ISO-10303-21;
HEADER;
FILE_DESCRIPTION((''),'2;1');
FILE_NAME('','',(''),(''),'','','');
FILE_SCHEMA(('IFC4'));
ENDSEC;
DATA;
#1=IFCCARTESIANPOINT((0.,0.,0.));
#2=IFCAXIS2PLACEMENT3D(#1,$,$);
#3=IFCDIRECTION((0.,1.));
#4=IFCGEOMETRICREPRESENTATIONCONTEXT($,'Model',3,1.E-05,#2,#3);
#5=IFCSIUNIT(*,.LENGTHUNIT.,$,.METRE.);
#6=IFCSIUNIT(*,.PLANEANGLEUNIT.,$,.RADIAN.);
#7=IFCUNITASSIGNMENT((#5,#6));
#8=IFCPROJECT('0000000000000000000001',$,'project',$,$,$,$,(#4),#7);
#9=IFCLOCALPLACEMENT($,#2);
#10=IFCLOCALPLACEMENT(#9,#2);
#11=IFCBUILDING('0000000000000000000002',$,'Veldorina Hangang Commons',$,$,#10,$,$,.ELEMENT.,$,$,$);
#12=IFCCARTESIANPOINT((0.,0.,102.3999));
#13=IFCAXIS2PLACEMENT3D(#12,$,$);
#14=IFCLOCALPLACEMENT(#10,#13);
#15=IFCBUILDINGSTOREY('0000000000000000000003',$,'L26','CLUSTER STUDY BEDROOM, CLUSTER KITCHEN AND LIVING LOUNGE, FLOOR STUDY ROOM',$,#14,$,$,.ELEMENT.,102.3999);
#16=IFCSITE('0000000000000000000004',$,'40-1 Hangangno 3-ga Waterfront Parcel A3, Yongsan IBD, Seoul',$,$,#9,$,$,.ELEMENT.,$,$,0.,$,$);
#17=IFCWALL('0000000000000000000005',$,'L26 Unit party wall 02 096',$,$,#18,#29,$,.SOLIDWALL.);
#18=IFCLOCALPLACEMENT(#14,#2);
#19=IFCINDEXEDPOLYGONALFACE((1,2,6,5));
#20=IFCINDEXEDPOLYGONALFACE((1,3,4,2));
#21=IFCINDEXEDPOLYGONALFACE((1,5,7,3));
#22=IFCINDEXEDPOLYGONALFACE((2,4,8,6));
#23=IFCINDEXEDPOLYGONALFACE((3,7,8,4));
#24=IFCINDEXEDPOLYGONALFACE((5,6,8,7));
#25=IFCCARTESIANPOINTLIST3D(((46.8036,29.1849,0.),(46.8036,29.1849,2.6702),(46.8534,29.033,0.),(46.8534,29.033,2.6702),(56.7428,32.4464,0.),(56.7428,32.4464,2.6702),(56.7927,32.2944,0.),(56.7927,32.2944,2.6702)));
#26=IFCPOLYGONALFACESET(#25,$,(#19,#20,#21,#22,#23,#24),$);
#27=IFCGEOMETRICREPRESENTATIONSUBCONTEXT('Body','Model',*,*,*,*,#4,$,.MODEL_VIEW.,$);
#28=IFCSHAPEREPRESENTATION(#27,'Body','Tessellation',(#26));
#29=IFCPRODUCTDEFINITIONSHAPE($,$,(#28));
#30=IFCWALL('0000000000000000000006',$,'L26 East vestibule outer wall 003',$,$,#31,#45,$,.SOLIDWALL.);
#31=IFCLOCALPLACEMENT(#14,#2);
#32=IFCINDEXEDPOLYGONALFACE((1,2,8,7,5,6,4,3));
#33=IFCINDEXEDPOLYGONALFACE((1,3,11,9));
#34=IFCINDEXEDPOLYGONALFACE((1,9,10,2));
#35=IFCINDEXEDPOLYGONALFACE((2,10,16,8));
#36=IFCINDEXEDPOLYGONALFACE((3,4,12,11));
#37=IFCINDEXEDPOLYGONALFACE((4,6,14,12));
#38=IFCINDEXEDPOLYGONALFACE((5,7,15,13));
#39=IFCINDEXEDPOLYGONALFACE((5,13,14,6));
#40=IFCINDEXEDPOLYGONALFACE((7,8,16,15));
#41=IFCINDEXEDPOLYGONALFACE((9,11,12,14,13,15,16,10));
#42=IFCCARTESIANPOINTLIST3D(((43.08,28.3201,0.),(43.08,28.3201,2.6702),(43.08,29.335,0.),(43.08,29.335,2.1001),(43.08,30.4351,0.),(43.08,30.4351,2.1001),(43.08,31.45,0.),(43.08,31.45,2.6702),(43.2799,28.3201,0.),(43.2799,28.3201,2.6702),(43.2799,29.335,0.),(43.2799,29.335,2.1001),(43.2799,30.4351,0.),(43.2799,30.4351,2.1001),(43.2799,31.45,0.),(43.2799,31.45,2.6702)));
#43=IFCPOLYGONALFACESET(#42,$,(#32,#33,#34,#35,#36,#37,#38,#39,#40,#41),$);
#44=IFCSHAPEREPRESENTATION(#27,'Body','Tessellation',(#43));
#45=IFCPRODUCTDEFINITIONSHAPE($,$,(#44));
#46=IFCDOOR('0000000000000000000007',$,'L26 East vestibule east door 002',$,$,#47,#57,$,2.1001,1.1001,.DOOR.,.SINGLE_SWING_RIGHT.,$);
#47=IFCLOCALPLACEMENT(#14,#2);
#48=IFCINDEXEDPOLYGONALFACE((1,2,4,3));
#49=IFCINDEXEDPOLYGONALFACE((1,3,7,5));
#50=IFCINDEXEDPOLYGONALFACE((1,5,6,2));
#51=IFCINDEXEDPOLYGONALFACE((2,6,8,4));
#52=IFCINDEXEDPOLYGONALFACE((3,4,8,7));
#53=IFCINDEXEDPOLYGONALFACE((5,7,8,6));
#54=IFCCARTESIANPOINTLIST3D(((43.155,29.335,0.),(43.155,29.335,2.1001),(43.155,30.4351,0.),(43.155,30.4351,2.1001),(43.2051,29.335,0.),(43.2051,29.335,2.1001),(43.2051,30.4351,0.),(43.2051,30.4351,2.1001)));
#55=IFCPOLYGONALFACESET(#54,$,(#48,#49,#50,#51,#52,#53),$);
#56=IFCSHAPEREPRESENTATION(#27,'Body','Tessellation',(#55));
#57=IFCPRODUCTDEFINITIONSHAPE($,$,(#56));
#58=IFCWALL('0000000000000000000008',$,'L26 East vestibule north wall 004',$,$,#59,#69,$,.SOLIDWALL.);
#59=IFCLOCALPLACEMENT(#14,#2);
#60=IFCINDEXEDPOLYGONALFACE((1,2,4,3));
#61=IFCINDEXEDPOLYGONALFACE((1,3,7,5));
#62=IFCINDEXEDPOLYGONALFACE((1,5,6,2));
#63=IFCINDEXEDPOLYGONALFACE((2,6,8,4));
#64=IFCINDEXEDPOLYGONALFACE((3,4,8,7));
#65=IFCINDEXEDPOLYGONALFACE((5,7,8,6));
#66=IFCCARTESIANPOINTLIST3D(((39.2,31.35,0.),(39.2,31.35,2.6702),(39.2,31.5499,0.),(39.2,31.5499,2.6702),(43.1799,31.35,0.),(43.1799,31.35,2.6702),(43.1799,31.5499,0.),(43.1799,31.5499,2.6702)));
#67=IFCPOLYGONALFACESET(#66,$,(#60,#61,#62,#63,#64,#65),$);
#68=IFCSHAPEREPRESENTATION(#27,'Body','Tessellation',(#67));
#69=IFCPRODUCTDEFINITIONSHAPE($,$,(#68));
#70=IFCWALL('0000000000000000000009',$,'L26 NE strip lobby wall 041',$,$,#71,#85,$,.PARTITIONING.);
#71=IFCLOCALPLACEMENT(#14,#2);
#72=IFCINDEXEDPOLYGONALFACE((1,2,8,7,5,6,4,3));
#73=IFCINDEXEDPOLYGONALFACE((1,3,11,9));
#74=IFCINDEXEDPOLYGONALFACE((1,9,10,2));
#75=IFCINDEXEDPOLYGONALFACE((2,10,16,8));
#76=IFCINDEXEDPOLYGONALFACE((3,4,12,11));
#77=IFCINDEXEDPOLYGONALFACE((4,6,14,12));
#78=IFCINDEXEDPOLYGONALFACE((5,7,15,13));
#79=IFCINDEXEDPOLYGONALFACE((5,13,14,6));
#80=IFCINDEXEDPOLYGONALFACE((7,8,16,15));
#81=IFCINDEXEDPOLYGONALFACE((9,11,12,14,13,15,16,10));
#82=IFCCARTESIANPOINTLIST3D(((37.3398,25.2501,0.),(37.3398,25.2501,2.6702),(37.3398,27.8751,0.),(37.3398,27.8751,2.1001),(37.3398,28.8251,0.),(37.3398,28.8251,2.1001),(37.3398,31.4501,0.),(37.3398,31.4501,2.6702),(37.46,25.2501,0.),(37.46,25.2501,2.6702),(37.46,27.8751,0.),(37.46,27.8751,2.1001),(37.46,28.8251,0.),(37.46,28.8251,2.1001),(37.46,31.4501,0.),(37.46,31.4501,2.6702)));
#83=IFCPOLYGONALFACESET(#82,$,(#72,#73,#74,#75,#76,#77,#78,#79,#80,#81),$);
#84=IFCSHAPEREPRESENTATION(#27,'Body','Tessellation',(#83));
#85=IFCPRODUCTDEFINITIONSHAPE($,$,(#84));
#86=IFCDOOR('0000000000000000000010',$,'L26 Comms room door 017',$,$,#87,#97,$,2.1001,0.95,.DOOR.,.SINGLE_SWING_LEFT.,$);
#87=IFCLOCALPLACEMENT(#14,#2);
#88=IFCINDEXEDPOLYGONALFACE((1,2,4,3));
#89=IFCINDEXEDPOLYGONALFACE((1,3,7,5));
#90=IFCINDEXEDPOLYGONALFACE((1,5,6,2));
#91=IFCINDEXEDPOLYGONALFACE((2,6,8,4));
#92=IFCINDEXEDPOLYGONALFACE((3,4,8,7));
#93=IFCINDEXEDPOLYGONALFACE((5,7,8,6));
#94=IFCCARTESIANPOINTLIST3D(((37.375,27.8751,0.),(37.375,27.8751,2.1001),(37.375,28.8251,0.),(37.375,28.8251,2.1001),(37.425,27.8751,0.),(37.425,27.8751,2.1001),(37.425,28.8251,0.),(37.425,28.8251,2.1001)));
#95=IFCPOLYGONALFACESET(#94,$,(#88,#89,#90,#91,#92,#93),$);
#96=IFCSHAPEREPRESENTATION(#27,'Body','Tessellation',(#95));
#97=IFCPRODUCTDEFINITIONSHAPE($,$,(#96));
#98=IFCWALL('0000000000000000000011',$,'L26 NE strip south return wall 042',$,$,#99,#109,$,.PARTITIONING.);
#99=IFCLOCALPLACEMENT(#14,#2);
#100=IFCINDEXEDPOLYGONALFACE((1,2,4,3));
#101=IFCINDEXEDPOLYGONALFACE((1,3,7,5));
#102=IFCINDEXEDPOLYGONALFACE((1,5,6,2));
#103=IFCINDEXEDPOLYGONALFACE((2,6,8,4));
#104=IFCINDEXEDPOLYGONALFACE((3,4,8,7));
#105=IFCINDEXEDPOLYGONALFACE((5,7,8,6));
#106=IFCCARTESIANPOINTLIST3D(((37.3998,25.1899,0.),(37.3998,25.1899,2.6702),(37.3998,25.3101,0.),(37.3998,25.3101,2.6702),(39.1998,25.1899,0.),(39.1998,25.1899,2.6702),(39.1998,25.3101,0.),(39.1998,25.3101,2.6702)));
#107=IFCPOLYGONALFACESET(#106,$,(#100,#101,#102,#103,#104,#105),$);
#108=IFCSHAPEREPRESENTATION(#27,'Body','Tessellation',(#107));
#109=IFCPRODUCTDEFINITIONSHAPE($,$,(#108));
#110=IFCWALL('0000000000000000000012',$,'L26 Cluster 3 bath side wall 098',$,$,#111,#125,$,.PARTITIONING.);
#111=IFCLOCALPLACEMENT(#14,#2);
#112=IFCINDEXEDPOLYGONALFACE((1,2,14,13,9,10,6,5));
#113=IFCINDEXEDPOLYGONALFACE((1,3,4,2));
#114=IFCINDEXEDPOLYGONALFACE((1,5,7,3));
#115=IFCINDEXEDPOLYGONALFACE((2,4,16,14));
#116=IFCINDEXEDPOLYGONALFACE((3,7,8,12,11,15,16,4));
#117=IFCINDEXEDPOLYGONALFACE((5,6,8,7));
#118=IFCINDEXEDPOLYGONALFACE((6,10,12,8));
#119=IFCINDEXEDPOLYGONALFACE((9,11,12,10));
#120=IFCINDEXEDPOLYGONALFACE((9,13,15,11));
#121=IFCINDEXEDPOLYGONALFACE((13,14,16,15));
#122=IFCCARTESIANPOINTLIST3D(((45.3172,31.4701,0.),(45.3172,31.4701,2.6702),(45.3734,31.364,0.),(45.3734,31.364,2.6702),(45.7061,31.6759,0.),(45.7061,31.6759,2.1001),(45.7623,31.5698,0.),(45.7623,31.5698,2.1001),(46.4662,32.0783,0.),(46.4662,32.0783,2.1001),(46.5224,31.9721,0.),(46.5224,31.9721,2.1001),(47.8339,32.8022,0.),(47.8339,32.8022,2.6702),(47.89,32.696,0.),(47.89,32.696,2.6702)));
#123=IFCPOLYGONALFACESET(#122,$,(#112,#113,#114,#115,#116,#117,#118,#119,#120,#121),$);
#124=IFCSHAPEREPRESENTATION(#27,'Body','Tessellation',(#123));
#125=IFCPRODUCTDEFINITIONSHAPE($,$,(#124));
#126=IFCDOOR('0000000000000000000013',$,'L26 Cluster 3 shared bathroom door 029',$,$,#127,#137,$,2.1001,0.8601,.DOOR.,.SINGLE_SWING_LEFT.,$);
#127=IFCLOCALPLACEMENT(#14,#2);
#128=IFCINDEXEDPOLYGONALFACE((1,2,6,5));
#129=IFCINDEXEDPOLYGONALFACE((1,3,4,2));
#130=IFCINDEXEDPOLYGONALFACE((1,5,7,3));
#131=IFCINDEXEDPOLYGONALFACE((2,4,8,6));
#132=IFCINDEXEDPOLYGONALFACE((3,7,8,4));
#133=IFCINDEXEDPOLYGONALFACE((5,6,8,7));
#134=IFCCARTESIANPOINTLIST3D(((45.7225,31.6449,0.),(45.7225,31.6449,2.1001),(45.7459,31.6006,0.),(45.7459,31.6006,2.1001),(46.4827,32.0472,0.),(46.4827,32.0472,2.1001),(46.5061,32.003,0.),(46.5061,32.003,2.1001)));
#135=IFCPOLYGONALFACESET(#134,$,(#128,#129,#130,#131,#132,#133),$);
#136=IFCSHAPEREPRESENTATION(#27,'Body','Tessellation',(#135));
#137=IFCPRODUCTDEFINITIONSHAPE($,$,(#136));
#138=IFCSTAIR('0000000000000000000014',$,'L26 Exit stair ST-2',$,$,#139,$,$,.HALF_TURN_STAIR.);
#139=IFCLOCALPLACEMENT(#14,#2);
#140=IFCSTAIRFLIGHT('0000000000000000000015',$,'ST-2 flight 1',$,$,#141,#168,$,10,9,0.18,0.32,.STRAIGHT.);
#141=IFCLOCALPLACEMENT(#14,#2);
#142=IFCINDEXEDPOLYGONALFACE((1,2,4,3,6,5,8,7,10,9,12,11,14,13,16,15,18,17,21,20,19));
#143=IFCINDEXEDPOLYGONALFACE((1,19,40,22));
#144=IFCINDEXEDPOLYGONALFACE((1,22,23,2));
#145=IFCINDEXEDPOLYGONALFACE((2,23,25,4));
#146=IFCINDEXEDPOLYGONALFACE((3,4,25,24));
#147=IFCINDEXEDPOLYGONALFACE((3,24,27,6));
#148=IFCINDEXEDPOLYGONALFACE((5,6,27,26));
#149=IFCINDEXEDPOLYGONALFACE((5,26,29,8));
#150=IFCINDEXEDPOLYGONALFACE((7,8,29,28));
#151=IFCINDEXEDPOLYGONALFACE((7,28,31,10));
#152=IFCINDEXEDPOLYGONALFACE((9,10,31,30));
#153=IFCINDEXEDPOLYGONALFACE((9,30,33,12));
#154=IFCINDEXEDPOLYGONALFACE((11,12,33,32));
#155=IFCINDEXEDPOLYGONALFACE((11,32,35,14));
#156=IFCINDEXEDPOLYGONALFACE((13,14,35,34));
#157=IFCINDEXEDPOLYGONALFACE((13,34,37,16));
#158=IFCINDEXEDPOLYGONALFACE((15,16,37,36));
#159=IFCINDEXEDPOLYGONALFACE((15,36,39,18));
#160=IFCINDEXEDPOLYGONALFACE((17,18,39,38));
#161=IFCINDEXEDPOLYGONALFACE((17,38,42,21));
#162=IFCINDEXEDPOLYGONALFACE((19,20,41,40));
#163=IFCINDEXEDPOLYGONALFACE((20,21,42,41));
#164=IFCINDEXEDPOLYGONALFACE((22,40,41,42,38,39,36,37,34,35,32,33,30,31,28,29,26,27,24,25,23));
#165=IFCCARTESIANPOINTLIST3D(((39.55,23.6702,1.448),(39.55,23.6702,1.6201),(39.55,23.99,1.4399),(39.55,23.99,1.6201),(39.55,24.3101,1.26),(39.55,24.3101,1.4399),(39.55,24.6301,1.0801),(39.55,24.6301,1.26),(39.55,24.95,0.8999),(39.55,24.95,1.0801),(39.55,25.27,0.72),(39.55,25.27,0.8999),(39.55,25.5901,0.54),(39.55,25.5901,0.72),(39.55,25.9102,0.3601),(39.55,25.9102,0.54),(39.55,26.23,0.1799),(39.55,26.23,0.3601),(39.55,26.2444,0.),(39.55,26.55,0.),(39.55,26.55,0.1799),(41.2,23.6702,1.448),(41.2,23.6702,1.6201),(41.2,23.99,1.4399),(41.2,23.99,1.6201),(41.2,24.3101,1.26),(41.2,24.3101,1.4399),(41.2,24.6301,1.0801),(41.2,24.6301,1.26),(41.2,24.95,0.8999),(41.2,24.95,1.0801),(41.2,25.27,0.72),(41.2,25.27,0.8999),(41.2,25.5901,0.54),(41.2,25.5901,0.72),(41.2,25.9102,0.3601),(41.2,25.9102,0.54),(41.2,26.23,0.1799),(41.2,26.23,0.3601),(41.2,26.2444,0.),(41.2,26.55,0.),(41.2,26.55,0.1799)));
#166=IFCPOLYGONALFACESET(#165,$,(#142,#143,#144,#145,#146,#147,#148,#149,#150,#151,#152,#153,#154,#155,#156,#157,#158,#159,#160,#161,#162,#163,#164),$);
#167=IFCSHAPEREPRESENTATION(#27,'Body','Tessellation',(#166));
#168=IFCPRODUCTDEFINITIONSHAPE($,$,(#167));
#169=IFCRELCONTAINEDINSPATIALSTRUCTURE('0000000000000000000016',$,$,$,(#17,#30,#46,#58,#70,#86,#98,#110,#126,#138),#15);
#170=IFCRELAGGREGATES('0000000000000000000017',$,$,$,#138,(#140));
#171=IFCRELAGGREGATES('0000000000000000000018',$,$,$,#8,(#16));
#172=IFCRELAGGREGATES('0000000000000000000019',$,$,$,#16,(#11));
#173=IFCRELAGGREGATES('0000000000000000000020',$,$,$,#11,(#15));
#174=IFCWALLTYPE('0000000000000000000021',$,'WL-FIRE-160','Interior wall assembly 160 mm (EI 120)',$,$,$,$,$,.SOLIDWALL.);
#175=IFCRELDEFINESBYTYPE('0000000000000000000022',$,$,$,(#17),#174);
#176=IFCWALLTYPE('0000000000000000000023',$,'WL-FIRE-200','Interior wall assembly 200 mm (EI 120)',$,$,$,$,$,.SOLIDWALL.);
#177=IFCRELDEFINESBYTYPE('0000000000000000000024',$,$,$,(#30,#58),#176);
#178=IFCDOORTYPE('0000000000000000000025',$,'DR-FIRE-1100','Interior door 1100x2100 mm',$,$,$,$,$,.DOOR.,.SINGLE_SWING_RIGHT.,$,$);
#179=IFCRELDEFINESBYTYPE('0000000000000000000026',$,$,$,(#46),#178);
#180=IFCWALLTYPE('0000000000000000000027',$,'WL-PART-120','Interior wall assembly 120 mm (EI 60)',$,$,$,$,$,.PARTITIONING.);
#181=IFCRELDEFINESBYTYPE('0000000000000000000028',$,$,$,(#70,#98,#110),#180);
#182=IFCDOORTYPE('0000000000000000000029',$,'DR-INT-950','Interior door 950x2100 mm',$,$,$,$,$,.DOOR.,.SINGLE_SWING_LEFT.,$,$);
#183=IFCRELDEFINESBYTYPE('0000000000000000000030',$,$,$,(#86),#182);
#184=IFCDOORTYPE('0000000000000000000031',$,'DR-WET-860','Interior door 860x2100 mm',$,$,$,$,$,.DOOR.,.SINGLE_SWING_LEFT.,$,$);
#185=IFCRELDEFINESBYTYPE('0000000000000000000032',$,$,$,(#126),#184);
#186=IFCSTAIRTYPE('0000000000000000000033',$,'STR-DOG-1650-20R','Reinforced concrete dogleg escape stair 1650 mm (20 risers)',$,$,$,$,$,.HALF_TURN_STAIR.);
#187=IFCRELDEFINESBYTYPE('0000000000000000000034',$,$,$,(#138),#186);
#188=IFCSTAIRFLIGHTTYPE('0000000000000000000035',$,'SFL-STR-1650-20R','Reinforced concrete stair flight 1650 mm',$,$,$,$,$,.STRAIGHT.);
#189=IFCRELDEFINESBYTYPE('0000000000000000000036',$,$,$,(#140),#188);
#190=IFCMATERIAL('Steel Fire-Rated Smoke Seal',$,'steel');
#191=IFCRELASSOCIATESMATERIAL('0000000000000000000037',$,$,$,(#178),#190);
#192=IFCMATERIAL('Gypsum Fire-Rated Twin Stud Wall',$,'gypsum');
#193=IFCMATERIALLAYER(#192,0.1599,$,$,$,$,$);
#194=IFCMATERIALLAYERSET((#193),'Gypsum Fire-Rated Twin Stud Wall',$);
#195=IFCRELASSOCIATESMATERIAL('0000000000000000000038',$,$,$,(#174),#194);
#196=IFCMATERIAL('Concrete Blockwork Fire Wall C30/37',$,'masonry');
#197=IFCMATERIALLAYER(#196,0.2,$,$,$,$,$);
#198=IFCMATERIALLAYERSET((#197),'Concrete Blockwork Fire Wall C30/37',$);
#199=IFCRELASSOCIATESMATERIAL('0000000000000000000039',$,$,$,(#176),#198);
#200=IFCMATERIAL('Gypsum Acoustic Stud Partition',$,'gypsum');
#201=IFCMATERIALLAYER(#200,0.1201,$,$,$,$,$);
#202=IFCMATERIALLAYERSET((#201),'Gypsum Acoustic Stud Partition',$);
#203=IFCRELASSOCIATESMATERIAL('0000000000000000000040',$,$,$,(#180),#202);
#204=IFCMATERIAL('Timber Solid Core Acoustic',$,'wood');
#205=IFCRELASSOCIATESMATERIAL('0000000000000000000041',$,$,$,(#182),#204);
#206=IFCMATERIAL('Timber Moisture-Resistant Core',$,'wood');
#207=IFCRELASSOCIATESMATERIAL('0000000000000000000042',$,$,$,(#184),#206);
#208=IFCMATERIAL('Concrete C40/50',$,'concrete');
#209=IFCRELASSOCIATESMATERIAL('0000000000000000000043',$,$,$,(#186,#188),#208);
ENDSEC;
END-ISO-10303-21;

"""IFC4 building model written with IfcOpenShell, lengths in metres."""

from ifc_helpers import new_model, si_unit, direction, frame, frame_2d, origin, place, context, subcontext, project, spatial, polyline, rectangle, outline, extrude, material, layer, layer_set, type_object, element, fill, aggregate, save


model = new_model("IFC4")

# Units and contexts
model_context = context("Model", 3, precision=1e-05, world=origin(), true_north=direction((0.0, 1.0)))
body_context = subcontext(model_context, "Body", "Model", "MODEL_VIEW")
ifc_project = project(units=[si_unit("LENGTHUNIT", "METRE"), si_unit("PLANEANGLEUNIT", "RADIAN")], contexts=[model_context])

# Site, building, storey
site_placement = place(None, origin())
site = spatial("IfcSite", under=ifc_project, at=site_placement, Name="40-1 Hangangno 3-ga Waterfront Parcel A3, Yongsan IBD, Seoul", CompositionType="ELEMENT", RefElevation=0.0)
building_placement = place(site_placement, origin())
building = spatial("IfcBuilding", under=site, at=building_placement, Name="Veldorina Hangang Commons", CompositionType="ELEMENT")
storey_placement = place(building_placement, frame((0.0, 0.0, 102.3999)))
storey = spatial("IfcBuildingStorey", under=building, at=storey_placement, Name="L26", Description="CLUSTER STUDY BEDROOM, CLUSTER KITCHEN AND LIVING LOUNGE, FLOOR STUDY ROOM", CompositionType="ELEMENT", Elevation=102.3999)

# Shared definitions
ifc_material_1 = material(Name="Steel Fire-Rated Smoke Seal", Category="steel")
door_type_1 = type_object("IfcDoorType", Name="DR-FIRE-1100", Description="Interior door 1100x2100 mm", OperationType="SINGLE_SWING_RIGHT", PredefinedType="DOOR", material=ifc_material_1)

# Shared definitions
ifc_material_2 = material(Name="Gypsum Fire-Rated Twin Stud Wall", Category="gypsum")
ifc_layer_1 = layer(ifc_material_2, 0.1599)
ifc_layer_set_1 = layer_set([ifc_layer_1], Name="Gypsum Fire-Rated Twin Stud Wall")
wall_type_1 = type_object("IfcWallType", Name="WL-FIRE-160", Description="Interior wall assembly 160 mm (EI 120)", PredefinedType="SOLIDWALL", material=ifc_layer_set_1)

# Wall
wall_1_placement = place(storey_placement, frame((46.8284, 29.1089, 0.0), z_axis=(0.0, 0.0, 1.0), x_axis=(0.950153, 0.311785, 0.0)))
element("IfcWall", 1, at=wall_1_placement, inside=storey, type_object=wall_type_1, Name="L26 Unit party wall 02 096", PredefinedType="SOLIDWALL", context=body_context, shape_type="SweptSolid", body=[
    extrude(rectangle(XDim=10.4607, YDim=0.1599, at=frame_2d((5.2305, 0.0))), origin(), (0.0, 0.0, 1.0), 2.6702),
])

# Wall, opening, door
ifc_material_3 = material(Name="Concrete Blockwork Fire Wall C30/37", Category="masonry")
ifc_layer_2 = layer(ifc_material_3, 0.2)
ifc_layer_set_2 = layer_set([ifc_layer_2], Name="Concrete Blockwork Fire Wall C30/37")
wall_type_2 = type_object("IfcWallType", Name="WL-FIRE-200", Description="Interior wall assembly 200 mm (EI 120)", PredefinedType="SOLIDWALL", material=ifc_layer_set_2)
wall_2_placement = place(storey_placement, frame((43.1799, 28.3201, 0.0), z_axis=(0.0, 0.0, 1.0), x_axis=(0.0, 1.0, 0.0)))
wall_2 = element("IfcWall", 2, at=wall_2_placement, inside=storey, type_object=wall_type_2, Name="L26 East vestibule outer wall 003", PredefinedType="SOLIDWALL", context=body_context, shape_type="SweptSolid", body=[
    extrude(rectangle(XDim=3.1299, YDim=0.2, at=frame_2d((1.5649, 0.0))), origin(), (0.0, 0.0, 1.0), 2.6702),
])
opening_1_placement = place(wall_2_placement, frame((1.0149, 0.0, 0.0)))
opening_1 = element("IfcOpeningElement", 3, at=opening_1_placement, cuts=wall_2, PredefinedType="OPENING", context=body_context, shape_type="SweptSolid", body=[
    extrude(rectangle(XDim=1.1001, YDim=2.1001, at=frame_2d((0.55, 1.05))), frame((0.0, 0.1099, 0.0), z_axis=(0.0, -1.0, 0.0), x_axis=(1.0, 0.0, 0.0)), (0.0, 0.0, 1.0), 0.22),
])
door_1_placement = place(opening_1_placement, origin())
door_1 = element("IfcDoor", 4, at=door_1_placement, inside=storey, type_object=door_type_1, Name="L26 East vestibule east door 002", OperationType="SINGLE_SWING_RIGHT", OverallHeight=2.1001, OverallWidth=1.1001, PredefinedType="DOOR", context=body_context, shape_type="SweptSolid", body=[
    extrude(rectangle(XDim=1.1001, YDim=2.1001, at=frame_2d((0.55, 1.05))), frame((0.0, 0.0249, 0.0), z_axis=(0.0, -1.0, 0.0), x_axis=(1.0, 0.0, 0.0)), (0.0, 0.0, 1.0), 0.05),
])
fill(opening_1, door_1)

# Wall
wall_3_placement = place(storey_placement, frame((39.2, 31.45, 0.0), z_axis=(0.0, 0.0, 1.0), x_axis=(1.0, 0.0, 0.0)))
element("IfcWall", 5, at=wall_3_placement, inside=storey, type_object=wall_type_2, Name="L26 East vestibule north wall 004", PredefinedType="SOLIDWALL", context=body_context, shape_type="SweptSolid", body=[
    extrude(rectangle(XDim=3.98, YDim=0.2, at=frame_2d((1.99, 0.0))), origin(), (0.0, 0.0, 1.0), 2.6702),
])

# Wall, opening, door
ifc_material_4 = material(Name="Gypsum Acoustic Stud Partition", Category="gypsum")
ifc_layer_3 = layer(ifc_material_4, 0.1201)
ifc_layer_set_3 = layer_set([ifc_layer_3], Name="Gypsum Acoustic Stud Partition")
wall_type_3 = type_object("IfcWallType", Name="WL-PART-120", Description="Interior wall assembly 120 mm (EI 60)", PredefinedType="PARTITIONING", material=ifc_layer_set_3)
wall_4_placement = place(storey_placement, frame((37.3999, 25.25, 0.0), z_axis=(0.0, 0.0, 1.0), x_axis=(0.0, 1.0, 0.0)))
wall_4 = element("IfcWall", 6, at=wall_4_placement, inside=storey, type_object=wall_type_3, Name="L26 NE strip lobby wall 041", PredefinedType="PARTITIONING", context=body_context, shape_type="SweptSolid", body=[
    extrude(rectangle(XDim=6.2, YDim=0.1201, at=frame_2d((3.1001, 0.0))), origin(), (0.0, 0.0, 1.0), 2.6702),
])
opening_2_placement = place(wall_4_placement, frame((2.625, 0.0, 0.0)))
opening_2 = element("IfcOpeningElement", 7, at=opening_2_placement, cuts=wall_4, PredefinedType="OPENING", context=body_context, shape_type="SweptSolid", body=[
    extrude(rectangle(XDim=0.95, YDim=2.1001, at=frame_2d((0.4751, 1.05))), frame((0.0, 0.0701, 0.0), z_axis=(0.0, -1.0, 0.0), x_axis=(1.0, 0.0, 0.0)), (0.0, 0.0, 1.0), 0.1401),
])
ifc_material_5 = material(Name="Timber Solid Core Acoustic", Category="wood")
door_type_2 = type_object("IfcDoorType", Name="DR-INT-950", Description="Interior door 950x2100 mm", OperationType="SINGLE_SWING_LEFT", PredefinedType="DOOR", material=ifc_material_5)
door_2_placement = place(opening_2_placement, origin())
door_2 = element("IfcDoor", 8, at=door_2_placement, inside=storey, type_object=door_type_2, Name="L26 Comms room door 017", OperationType="SINGLE_SWING_LEFT", OverallHeight=2.1001, OverallWidth=0.95, PredefinedType="DOOR", context=body_context, shape_type="SweptSolid", body=[
    extrude(rectangle(XDim=0.95, YDim=2.1001, at=frame_2d((0.4751, 1.05))), frame((0.0, 0.0249, 0.0), z_axis=(0.0, -1.0, 0.0), x_axis=(1.0, 0.0, 0.0)), (0.0, 0.0, 1.0), 0.05),
])
fill(opening_2, door_2)

# Wall
wall_5_placement = place(storey_placement, frame((37.3999, 25.25, 0.0), z_axis=(0.0, 0.0, 1.0), x_axis=(1.0, 0.0, 0.0)))
element("IfcWall", 9, at=wall_5_placement, inside=storey, type_object=wall_type_3, Name="L26 NE strip south return wall 042", PredefinedType="PARTITIONING", context=body_context, shape_type="SweptSolid", body=[
    extrude(rectangle(XDim=1.8, YDim=0.1201, at=frame_2d((0.8999, 0.0))), origin(), (0.0, 0.0, 1.0), 2.6702),
])

# Wall, opening, door
wall_6_placement = place(storey_placement, frame((45.3452, 31.417, 0.0), z_axis=(0.0, 0.0, 1.0), x_axis=(0.88383, 0.467809, 0.0)))
wall_6 = element("IfcWall", 10, at=wall_6_placement, inside=storey, type_object=wall_type_3, Name="L26 Cluster 3 bath side wall 098", PredefinedType="PARTITIONING", context=body_context, shape_type="SweptSolid", body=[
    extrude(rectangle(XDim=2.8474, YDim=0.1201, at=frame_2d((1.4238, 0.0))), origin(), (0.0, 0.0, 1.0), 2.6702),
])
opening_3_placement = place(wall_6_placement, frame((0.4399, 0.0, 0.0)))
opening_3 = element("IfcOpeningElement", 11, at=opening_3_placement, cuts=wall_6, PredefinedType="OPENING", context=body_context, shape_type="SweptSolid", body=[
    extrude(rectangle(XDim=0.8601, YDim=2.1001, at=frame_2d((0.4302, 1.05))), frame((0.0, 0.0701, 0.0), z_axis=(0.0, -1.0, 0.0), x_axis=(1.0, 0.0, 0.0)), (0.0, 0.0, 1.0), 0.1401),
])
ifc_material_6 = material(Name="Timber Moisture-Resistant Core", Category="wood")
door_type_3 = type_object("IfcDoorType", Name="DR-WET-860", Description="Interior door 860x2100 mm", OperationType="SINGLE_SWING_LEFT", PredefinedType="DOOR", material=ifc_material_6)
door_3_placement = place(opening_3_placement, origin())
door_3 = element("IfcDoor", 12, at=door_3_placement, inside=storey, type_object=door_type_3, Name="L26 Cluster 3 shared bathroom door 029", OperationType="SINGLE_SWING_LEFT", OverallHeight=2.1001, OverallWidth=0.8601, PredefinedType="DOOR", context=body_context, shape_type="SweptSolid", body=[
    extrude(rectangle(XDim=0.8601, YDim=2.1001, at=frame_2d((0.4302, 1.05))), frame((0.0, 0.0249, 0.0), z_axis=(0.0, -1.0, 0.0), x_axis=(1.0, 0.0, 0.0)), (0.0, 0.0, 1.0), 0.05),
])
fill(opening_3, door_3)

# Stair, stair flight
ifc_material_7 = material(Name="Concrete C40/50", Category="concrete")
stair_type = type_object("IfcStairType", Name="STR-DOG-1650-20R", Description="Reinforced concrete dogleg escape stair 1650 mm (20 risers)", PredefinedType="HALF_TURN_STAIR", material=ifc_material_7)
stair_placement = place(storey_placement, origin())
stair = element("IfcStair", 13, at=stair_placement, inside=storey, type_object=stair_type, Name="L26 Exit stair ST-2", PredefinedType="HALF_TURN_STAIR")
stair_flight_type = type_object("IfcStairFlightType", Name="SFL-STR-1650-20R", Description="Reinforced concrete stair flight 1650 mm", PredefinedType="STRAIGHT", material=ifc_material_7)
stair_flight_1_placement = place(storey_placement, frame((40.375, 26.55, 0.0), z_axis=(0.0, 0.0, 1.0), x_axis=(0.0, -1.0, 0.0)))
stair_flight_1 = element("IfcStairFlight", 14, at=stair_flight_1_placement, type_object=stair_flight_type, Name="ST-2 flight 1", NumberOfRisers=10, NumberOfTreads=9, PredefinedType="STRAIGHT", RiserHeight=0.18, TreadLength=0.32, context=body_context, shape_type="SweptSolid", body=[
    extrude(outline(polyline([(0.0, 0.0), (0.0, 0.1799), (0.3201, 0.1799), (0.3201, 0.3601), (0.6399, 0.3601), (0.6399, 0.54), (0.96, 0.54), (0.96, 0.72), (1.28, 0.72), (1.28, 0.8999), (1.6001, 0.8999), (1.6001, 1.0801), (1.9199, 1.0801), (1.9199, 1.26), (2.24, 1.26), (2.24, 1.4399), (2.5601, 1.4399), (2.5601, 1.6201), (2.8799, 1.6201), (2.8799, 1.8), (2.8799, 1.448), (0.3057, 0.0), (0.0, 0.0)])), frame((0.0, 0.825, 0.0), z_axis=(0.0, -1.0, 0.0), x_axis=(1.0, 0.0, 0.0)), (0.0, 0.0, 1.0), 1.6499),
])
aggregate(stair, [stair_flight_1])

save(model, "model.ifc")
